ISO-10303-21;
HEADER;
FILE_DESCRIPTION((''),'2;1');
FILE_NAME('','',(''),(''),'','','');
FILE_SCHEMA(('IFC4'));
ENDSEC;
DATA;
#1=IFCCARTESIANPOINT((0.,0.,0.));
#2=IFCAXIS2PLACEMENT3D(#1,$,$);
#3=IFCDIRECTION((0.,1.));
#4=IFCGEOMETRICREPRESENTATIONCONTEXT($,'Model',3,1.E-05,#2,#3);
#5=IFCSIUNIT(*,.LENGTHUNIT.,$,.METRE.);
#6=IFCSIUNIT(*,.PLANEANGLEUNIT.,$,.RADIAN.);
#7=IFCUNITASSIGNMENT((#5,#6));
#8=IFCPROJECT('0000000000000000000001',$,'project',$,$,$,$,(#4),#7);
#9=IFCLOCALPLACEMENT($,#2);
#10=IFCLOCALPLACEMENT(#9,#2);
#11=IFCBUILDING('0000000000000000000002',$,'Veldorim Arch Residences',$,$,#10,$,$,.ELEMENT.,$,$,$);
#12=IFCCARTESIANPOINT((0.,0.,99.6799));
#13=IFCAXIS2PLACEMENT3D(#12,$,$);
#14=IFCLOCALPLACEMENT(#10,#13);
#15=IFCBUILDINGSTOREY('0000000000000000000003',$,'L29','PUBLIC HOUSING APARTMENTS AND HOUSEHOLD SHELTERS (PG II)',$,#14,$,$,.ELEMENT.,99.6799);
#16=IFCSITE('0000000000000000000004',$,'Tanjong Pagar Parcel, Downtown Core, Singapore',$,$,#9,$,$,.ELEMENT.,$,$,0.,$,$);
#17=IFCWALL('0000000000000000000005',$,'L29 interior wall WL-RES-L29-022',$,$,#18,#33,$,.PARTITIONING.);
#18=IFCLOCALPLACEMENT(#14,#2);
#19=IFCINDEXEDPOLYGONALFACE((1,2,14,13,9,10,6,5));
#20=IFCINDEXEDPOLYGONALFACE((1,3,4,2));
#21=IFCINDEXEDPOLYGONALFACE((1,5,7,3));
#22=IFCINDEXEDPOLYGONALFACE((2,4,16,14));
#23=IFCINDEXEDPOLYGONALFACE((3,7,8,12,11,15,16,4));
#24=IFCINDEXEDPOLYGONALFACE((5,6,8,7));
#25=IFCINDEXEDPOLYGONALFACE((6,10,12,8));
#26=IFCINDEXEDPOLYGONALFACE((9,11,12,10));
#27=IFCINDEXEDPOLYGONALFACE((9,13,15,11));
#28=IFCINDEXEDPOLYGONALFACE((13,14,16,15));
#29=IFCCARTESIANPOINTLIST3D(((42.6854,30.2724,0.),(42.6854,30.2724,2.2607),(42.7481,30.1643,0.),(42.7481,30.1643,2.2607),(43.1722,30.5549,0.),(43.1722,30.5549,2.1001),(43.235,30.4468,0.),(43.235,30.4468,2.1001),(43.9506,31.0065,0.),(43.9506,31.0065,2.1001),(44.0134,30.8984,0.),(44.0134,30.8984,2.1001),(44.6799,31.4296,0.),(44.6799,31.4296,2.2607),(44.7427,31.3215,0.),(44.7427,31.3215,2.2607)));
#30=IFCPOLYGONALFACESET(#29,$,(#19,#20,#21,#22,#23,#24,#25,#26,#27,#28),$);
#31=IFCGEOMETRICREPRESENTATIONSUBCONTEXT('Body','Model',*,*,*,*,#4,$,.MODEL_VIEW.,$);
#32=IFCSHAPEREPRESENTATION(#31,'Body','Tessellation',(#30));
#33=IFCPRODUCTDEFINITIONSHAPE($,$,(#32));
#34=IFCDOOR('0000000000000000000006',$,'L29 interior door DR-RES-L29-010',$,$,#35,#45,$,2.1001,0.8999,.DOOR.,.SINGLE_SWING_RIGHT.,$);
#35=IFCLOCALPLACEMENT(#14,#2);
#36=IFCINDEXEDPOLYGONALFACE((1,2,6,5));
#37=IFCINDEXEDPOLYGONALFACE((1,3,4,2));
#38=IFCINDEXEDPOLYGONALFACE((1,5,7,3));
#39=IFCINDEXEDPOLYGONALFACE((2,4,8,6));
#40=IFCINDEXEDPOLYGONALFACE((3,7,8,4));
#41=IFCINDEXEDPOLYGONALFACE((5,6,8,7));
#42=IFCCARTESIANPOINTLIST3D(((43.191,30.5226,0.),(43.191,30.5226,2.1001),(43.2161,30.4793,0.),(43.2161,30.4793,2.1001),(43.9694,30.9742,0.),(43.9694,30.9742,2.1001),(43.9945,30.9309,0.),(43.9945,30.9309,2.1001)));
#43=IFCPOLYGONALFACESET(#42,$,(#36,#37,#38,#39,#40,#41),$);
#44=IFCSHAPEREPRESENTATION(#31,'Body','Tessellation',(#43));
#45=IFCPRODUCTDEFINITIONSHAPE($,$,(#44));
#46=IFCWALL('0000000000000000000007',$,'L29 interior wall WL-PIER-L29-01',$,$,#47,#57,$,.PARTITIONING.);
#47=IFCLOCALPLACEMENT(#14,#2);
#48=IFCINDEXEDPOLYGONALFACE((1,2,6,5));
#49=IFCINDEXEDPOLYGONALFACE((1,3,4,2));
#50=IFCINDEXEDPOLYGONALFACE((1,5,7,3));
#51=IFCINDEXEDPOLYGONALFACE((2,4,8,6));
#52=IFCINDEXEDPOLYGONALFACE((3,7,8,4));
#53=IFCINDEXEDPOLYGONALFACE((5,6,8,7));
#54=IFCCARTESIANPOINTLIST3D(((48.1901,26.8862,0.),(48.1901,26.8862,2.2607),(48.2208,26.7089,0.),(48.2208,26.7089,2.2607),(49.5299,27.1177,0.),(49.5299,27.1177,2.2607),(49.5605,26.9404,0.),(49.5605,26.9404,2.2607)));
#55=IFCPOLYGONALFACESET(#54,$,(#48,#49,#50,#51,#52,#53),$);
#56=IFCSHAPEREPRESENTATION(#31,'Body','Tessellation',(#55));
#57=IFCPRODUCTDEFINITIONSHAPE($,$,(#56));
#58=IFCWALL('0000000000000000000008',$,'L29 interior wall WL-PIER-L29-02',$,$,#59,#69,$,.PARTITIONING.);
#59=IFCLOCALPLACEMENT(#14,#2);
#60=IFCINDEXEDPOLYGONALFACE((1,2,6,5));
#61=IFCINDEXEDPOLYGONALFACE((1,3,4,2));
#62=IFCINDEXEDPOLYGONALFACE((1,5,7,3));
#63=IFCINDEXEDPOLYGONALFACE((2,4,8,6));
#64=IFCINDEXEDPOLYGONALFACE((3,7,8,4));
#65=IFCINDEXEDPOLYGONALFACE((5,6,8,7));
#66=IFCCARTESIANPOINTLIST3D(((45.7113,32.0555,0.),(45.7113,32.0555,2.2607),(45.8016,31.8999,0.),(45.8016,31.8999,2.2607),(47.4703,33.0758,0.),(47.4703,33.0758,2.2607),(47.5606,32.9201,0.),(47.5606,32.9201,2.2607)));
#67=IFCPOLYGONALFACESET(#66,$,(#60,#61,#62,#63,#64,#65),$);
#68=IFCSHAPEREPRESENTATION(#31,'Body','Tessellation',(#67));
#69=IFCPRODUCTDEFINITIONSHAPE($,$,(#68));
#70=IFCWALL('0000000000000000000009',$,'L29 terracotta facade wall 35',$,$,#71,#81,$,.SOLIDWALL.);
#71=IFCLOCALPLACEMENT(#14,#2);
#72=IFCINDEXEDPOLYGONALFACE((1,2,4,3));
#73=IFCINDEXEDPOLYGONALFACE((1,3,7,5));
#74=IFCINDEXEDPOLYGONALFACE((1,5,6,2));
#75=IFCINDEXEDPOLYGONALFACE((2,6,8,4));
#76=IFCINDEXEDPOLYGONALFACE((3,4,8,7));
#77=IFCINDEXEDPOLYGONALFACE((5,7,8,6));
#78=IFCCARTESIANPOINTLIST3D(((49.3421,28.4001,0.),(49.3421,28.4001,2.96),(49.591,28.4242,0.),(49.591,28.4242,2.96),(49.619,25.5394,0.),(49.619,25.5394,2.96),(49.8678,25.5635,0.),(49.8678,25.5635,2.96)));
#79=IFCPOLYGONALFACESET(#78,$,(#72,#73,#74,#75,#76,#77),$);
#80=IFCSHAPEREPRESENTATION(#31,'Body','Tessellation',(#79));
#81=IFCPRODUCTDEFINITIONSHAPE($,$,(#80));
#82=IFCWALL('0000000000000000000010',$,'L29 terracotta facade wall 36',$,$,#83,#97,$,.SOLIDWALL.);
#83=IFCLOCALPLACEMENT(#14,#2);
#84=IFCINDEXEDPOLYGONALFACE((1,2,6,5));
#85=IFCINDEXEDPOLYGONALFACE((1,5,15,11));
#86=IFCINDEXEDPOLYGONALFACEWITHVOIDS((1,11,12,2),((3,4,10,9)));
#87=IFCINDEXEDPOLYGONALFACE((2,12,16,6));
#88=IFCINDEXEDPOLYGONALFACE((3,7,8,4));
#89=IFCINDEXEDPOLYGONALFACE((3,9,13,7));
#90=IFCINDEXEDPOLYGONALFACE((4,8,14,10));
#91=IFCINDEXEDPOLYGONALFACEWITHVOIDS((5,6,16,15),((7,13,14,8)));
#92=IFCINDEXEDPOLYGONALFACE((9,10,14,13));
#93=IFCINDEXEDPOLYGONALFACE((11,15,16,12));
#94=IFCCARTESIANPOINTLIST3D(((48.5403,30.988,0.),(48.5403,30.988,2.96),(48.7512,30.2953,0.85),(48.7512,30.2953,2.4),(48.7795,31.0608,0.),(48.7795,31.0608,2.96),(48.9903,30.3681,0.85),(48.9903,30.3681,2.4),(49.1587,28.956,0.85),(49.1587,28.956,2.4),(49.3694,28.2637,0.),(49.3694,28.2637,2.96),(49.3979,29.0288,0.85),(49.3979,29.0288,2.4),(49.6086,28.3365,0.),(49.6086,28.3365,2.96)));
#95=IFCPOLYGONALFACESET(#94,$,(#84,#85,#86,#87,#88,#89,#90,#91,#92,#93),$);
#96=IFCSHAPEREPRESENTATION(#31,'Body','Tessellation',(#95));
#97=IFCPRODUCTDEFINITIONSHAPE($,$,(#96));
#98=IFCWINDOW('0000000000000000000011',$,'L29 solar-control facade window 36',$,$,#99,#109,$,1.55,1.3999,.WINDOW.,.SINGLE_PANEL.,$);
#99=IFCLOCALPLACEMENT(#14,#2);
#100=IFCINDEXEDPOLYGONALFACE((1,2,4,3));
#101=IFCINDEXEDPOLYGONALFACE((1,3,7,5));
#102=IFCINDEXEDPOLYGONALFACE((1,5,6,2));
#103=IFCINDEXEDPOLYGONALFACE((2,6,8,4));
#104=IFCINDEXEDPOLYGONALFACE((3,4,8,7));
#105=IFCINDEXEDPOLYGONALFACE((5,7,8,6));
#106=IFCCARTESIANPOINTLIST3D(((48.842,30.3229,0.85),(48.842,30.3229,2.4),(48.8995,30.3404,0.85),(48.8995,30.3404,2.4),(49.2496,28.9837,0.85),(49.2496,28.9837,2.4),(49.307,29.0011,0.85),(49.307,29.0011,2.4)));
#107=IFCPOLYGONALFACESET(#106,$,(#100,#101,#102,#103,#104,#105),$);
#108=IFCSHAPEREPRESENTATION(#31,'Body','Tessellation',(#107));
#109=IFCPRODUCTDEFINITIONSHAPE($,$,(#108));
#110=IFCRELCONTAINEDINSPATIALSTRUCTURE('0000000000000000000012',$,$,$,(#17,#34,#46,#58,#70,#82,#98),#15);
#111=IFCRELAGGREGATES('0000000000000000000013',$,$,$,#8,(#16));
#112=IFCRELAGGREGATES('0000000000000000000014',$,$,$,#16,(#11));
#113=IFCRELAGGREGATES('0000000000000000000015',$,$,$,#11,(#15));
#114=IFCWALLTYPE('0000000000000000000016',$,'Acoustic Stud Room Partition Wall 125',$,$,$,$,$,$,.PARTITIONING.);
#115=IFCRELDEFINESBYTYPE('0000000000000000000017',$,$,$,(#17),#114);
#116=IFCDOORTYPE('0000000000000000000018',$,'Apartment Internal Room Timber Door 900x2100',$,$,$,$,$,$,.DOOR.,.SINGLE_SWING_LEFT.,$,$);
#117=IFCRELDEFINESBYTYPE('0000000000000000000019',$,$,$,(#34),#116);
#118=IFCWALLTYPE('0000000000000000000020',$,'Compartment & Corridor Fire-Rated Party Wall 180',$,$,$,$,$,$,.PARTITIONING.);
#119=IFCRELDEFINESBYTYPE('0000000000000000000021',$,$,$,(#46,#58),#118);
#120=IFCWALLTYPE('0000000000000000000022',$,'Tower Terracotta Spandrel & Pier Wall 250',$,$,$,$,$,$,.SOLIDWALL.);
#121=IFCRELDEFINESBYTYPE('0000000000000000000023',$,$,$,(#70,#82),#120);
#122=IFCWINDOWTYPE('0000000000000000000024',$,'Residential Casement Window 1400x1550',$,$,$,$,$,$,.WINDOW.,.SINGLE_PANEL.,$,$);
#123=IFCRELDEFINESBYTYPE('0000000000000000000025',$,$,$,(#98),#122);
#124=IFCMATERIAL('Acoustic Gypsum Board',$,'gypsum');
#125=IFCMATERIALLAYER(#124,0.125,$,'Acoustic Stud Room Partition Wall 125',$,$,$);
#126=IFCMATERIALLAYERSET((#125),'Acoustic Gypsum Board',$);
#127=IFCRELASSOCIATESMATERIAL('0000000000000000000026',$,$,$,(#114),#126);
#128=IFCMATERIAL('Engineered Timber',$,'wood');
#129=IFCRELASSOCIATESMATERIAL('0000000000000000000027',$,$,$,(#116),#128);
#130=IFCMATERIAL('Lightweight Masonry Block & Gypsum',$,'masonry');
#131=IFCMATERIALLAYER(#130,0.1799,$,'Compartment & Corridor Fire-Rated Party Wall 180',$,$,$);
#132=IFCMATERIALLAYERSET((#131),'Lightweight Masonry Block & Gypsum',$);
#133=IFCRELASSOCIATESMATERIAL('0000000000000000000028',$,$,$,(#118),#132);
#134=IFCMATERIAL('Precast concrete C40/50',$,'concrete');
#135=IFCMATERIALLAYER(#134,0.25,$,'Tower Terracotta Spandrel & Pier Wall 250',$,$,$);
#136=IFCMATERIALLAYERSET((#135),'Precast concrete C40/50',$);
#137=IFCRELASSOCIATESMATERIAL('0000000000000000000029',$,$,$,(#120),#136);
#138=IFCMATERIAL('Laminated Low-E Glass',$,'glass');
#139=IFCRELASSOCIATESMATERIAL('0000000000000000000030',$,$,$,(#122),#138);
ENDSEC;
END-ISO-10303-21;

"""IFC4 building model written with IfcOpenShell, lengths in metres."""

from ifc_helpers import new_model, si_unit, direction, frame, frame_2d, origin, place, context, subcontext, project, spatial, rectangle, extrude, material, layer, layer_set, type_object, element, fill, save


model = new_model("IFC4")

# Units and contexts
model_context = context("Model", 3, precision=1e-05, world=origin(), true_north=direction((0.0, 1.0)))
body_context = subcontext(model_context, "Body", "Model", "MODEL_VIEW")
ifc_project = project(units=[si_unit("LENGTHUNIT", "METRE"), si_unit("PLANEANGLEUNIT", "RADIAN")], contexts=[model_context])

# Site, building, storey
site_placement = place(None, origin())
site = spatial("IfcSite", under=ifc_project, at=site_placement, Name="Tanjong Pagar Parcel, Downtown Core, Singapore", CompositionType="ELEMENT", RefElevation=0.0)
building_placement = place(site_placement, origin())
building = spatial("IfcBuilding", under=site, at=building_placement, Name="Veldorim Arch Residences", CompositionType="ELEMENT")
storey_placement = place(building_placement, frame((0.0, 0.0, 99.6799)))
storey = spatial("IfcBuildingStorey", under=building, at=storey_placement, Name="L29", Description="PUBLIC HOUSING APARTMENTS AND HOUSEHOLD SHELTERS (PG II)", CompositionType="ELEMENT", Elevation=99.6799)

# Wall, opening, door
ifc_material_1 = material(Name="Acoustic Gypsum Board", Category="gypsum")
ifc_layer_1 = layer(ifc_material_1, 0.125, Name="Acoustic Stud Room Partition Wall 125")
ifc_layer_set_1 = layer_set([ifc_layer_1], Name="Acoustic Gypsum Board")
wall_type_1 = type_object("IfcWallType", Name="Acoustic Stud Room Partition Wall 125", PredefinedType="PARTITIONING", material=ifc_layer_set_1)
wall_1_placement = place(storey_placement, frame((44.7112, 31.3755, 0.0), z_axis=(0.0, 0.0, 1.0), x_axis=(-0.864967, -0.501829, 0.0)))
wall_1 = element("IfcWall", 1, at=wall_1_placement, inside=storey, type_object=wall_type_1, Name="L29 interior wall WL-RES-L29-022", PredefinedType="PARTITIONING", context=body_context, shape_type="SweptSolid", body=[
    extrude(rectangle(XDim=2.3059, YDim=0.125, at=frame_2d((1.1528, 0.0))), origin(), (0.0, 0.0, 1.0), 2.2607),
])
opening_1_placement = place(wall_1_placement, frame((0.843, 0.0, 0.0)))
opening_1 = element("IfcOpeningElement", 2, at=opening_1_placement, cuts=wall_1, PredefinedType="OPENING", context=body_context, shape_type="SweptSolid", body=[
    extrude(rectangle(XDim=0.8999, YDim=2.1001, at=frame_2d((0.45, 1.05))), frame((0.0, 0.0725, 0.0), z_axis=(0.0, -1.0, 0.0), x_axis=(1.0, 0.0, 0.0)), (0.0, 0.0, 1.0), 0.145),
])
ifc_material_2 = material(Name="Engineered Timber", Category="wood")
door_type = type_object("IfcDoorType", Name="Apartment Internal Room Timber Door 900x2100", OperationType="SINGLE_SWING_LEFT", PredefinedType="DOOR", material=ifc_material_2)
door_placement = place(opening_1_placement, origin())
door = element("IfcDoor", 3, at=door_placement, inside=storey, type_object=door_type, Name="L29 interior door DR-RES-L29-010", OperationType="SINGLE_SWING_RIGHT", OverallHeight=2.1001, OverallWidth=0.8999, PredefinedType="DOOR", context=body_context, shape_type="SweptSolid", body=[
    extrude(rectangle(XDim=0.8999, YDim=2.1001, at=frame_2d((0.45, 1.05))), frame((0.0, 0.0249, 0.0), z_axis=(0.0, -1.0, 0.0), x_axis=(1.0, 0.0, 0.0)), (0.0, 0.0, 1.0), 0.05),
])
fill(opening_1, door)

# Walls
ifc_material_3 = material(Name="Lightweight Masonry Block & Gypsum", Category="masonry")
ifc_layer_2 = layer(ifc_material_3, 0.1799, Name="Compartment & Corridor Fire-Rated Party Wall 180")
ifc_layer_set_2 = layer_set([ifc_layer_2], Name="Lightweight Masonry Block & Gypsum")
wall_type_2 = type_object("IfcWallType", Name="Compartment & Corridor Fire-Rated Party Wall 180", PredefinedType="PARTITIONING", material=ifc_layer_set_2)
wall_2_placement = place(storey_placement, frame((48.2056, 26.7976, 0.0), z_axis=(0.0, 0.0, 1.0), x_axis=(0.985406, 0.17022, 0.0)))
element("IfcWall", 4, at=wall_2_placement, inside=storey, type_object=wall_type_2, Name="L29 interior wall WL-PIER-L29-01", PredefinedType="PARTITIONING", context=body_context, shape_type="SweptSolid", body=[
    extrude(rectangle(XDim=1.3596, YDim=0.1799, at=frame_2d((0.6797, 0.0))), origin(), (0.0, 0.0, 1.0), 2.2607),
])
wall_3_placement = place(storey_placement, frame((45.7566, 31.9778, 0.0), z_axis=(0.0, 0.0, 1.0), x_axis=(0.865026, 0.501727, 0.0)))
element("IfcWall", 5, at=wall_3_placement, inside=storey, type_object=wall_type_2, Name="L29 interior wall WL-PIER-L29-02", PredefinedType="PARTITIONING", context=body_context, shape_type="SweptSolid", body=[
    extrude(rectangle(XDim=2.0334, YDim=0.1799, at=frame_2d((1.0166, 0.0))), origin(), (0.0, 0.0, 1.0), 2.2607),
])
ifc_material_4 = material(Name="Precast concrete C40/50", Category="concrete")
ifc_layer_3 = layer(ifc_material_4, 0.25, Name="Tower Terracotta Spandrel & Pier Wall 250")
ifc_layer_set_3 = layer_set([ifc_layer_3], Name="Precast concrete C40/50")
wall_type_3 = type_object("IfcWallType", Name="Tower Terracotta Spandrel & Pier Wall 250", PredefinedType="SOLIDWALL", material=ifc_layer_set_3)
wall_4_placement = place(storey_placement, frame((49.4666, 28.4121, 0.0), z_axis=(0.0, 0.0, 1.0), x_axis=(0.096332, -0.995349, 0.0)))
element("IfcWall", 6, at=wall_4_placement, inside=storey, type_object=wall_type_3, Name="L29 terracotta facade wall 35", PredefinedType="SOLIDWALL", context=body_context, shape_type="SweptSolid", body=[
    extrude(rectangle(XDim=2.874, YDim=0.25, at=frame_2d((1.437, 0.0))), origin(), (0.0, 0.0, 1.0), 2.96),
])

# Wall, opening, window
wall_5_placement = place(storey_placement, frame((48.6599, 31.0244, 0.0), z_axis=(0.0, 0.0, 1.0), x_axis=(0.291145, -0.956679, 0.0)))
wall_5 = element("IfcWall", 7, at=wall_5_placement, inside=storey, type_object=wall_type_3, Name="L29 terracotta facade wall 36", PredefinedType="SOLIDWALL", context=body_context, shape_type="SweptSolid", body=[
    extrude(rectangle(XDim=2.8477, YDim=0.25, at=frame_2d((1.4238, 0.0))), origin(), (0.0, 0.0, 1.0), 2.96),
])
opening_2_placement = place(wall_5_placement, frame((0.7241, 0.0, 0.8501)))
opening_2 = element("IfcOpeningElement", 8, at=opening_2_placement, cuts=wall_5, PredefinedType="OPENING", context=body_context, shape_type="SweptSolid", body=[
    extrude(rectangle(XDim=1.3999, YDim=1.55, at=frame_2d((0.7, 0.7749))), frame((0.0, 0.135, 0.0), z_axis=(0.0, -1.0, 0.0), x_axis=(1.0, 0.0, 0.0)), (0.0, 0.0, 1.0), 0.27),
])
ifc_material_5 = material(Name="Laminated Low-E Glass", Category="glass")
window_type = type_object("IfcWindowType", Name="Residential Casement Window 1400x1550", PartitioningType="SINGLE_PANEL", PredefinedType="WINDOW", material=ifc_material_5)
window_placement = place(opening_2_placement, origin())
window = element("IfcWindow", 9, at=window_placement, inside=storey, type_object=window_type, Name="L29 solar-control facade window 36", OverallHeight=1.55, OverallWidth=1.3999, PartitioningType="SINGLE_PANEL", PredefinedType="WINDOW", context=body_context, shape_type="SweptSolid", body=[
    extrude(rectangle(XDim=1.3999, YDim=1.55, at=frame_2d((0.7, 0.7749))), frame((0.0, 0.03, 0.0), z_axis=(0.0, -1.0, 0.0), x_axis=(1.0, 0.0, 0.0)), (0.0, 0.0, 1.0), 0.0601),
])
fill(opening_2, window)

save(model, "model.ifc")
